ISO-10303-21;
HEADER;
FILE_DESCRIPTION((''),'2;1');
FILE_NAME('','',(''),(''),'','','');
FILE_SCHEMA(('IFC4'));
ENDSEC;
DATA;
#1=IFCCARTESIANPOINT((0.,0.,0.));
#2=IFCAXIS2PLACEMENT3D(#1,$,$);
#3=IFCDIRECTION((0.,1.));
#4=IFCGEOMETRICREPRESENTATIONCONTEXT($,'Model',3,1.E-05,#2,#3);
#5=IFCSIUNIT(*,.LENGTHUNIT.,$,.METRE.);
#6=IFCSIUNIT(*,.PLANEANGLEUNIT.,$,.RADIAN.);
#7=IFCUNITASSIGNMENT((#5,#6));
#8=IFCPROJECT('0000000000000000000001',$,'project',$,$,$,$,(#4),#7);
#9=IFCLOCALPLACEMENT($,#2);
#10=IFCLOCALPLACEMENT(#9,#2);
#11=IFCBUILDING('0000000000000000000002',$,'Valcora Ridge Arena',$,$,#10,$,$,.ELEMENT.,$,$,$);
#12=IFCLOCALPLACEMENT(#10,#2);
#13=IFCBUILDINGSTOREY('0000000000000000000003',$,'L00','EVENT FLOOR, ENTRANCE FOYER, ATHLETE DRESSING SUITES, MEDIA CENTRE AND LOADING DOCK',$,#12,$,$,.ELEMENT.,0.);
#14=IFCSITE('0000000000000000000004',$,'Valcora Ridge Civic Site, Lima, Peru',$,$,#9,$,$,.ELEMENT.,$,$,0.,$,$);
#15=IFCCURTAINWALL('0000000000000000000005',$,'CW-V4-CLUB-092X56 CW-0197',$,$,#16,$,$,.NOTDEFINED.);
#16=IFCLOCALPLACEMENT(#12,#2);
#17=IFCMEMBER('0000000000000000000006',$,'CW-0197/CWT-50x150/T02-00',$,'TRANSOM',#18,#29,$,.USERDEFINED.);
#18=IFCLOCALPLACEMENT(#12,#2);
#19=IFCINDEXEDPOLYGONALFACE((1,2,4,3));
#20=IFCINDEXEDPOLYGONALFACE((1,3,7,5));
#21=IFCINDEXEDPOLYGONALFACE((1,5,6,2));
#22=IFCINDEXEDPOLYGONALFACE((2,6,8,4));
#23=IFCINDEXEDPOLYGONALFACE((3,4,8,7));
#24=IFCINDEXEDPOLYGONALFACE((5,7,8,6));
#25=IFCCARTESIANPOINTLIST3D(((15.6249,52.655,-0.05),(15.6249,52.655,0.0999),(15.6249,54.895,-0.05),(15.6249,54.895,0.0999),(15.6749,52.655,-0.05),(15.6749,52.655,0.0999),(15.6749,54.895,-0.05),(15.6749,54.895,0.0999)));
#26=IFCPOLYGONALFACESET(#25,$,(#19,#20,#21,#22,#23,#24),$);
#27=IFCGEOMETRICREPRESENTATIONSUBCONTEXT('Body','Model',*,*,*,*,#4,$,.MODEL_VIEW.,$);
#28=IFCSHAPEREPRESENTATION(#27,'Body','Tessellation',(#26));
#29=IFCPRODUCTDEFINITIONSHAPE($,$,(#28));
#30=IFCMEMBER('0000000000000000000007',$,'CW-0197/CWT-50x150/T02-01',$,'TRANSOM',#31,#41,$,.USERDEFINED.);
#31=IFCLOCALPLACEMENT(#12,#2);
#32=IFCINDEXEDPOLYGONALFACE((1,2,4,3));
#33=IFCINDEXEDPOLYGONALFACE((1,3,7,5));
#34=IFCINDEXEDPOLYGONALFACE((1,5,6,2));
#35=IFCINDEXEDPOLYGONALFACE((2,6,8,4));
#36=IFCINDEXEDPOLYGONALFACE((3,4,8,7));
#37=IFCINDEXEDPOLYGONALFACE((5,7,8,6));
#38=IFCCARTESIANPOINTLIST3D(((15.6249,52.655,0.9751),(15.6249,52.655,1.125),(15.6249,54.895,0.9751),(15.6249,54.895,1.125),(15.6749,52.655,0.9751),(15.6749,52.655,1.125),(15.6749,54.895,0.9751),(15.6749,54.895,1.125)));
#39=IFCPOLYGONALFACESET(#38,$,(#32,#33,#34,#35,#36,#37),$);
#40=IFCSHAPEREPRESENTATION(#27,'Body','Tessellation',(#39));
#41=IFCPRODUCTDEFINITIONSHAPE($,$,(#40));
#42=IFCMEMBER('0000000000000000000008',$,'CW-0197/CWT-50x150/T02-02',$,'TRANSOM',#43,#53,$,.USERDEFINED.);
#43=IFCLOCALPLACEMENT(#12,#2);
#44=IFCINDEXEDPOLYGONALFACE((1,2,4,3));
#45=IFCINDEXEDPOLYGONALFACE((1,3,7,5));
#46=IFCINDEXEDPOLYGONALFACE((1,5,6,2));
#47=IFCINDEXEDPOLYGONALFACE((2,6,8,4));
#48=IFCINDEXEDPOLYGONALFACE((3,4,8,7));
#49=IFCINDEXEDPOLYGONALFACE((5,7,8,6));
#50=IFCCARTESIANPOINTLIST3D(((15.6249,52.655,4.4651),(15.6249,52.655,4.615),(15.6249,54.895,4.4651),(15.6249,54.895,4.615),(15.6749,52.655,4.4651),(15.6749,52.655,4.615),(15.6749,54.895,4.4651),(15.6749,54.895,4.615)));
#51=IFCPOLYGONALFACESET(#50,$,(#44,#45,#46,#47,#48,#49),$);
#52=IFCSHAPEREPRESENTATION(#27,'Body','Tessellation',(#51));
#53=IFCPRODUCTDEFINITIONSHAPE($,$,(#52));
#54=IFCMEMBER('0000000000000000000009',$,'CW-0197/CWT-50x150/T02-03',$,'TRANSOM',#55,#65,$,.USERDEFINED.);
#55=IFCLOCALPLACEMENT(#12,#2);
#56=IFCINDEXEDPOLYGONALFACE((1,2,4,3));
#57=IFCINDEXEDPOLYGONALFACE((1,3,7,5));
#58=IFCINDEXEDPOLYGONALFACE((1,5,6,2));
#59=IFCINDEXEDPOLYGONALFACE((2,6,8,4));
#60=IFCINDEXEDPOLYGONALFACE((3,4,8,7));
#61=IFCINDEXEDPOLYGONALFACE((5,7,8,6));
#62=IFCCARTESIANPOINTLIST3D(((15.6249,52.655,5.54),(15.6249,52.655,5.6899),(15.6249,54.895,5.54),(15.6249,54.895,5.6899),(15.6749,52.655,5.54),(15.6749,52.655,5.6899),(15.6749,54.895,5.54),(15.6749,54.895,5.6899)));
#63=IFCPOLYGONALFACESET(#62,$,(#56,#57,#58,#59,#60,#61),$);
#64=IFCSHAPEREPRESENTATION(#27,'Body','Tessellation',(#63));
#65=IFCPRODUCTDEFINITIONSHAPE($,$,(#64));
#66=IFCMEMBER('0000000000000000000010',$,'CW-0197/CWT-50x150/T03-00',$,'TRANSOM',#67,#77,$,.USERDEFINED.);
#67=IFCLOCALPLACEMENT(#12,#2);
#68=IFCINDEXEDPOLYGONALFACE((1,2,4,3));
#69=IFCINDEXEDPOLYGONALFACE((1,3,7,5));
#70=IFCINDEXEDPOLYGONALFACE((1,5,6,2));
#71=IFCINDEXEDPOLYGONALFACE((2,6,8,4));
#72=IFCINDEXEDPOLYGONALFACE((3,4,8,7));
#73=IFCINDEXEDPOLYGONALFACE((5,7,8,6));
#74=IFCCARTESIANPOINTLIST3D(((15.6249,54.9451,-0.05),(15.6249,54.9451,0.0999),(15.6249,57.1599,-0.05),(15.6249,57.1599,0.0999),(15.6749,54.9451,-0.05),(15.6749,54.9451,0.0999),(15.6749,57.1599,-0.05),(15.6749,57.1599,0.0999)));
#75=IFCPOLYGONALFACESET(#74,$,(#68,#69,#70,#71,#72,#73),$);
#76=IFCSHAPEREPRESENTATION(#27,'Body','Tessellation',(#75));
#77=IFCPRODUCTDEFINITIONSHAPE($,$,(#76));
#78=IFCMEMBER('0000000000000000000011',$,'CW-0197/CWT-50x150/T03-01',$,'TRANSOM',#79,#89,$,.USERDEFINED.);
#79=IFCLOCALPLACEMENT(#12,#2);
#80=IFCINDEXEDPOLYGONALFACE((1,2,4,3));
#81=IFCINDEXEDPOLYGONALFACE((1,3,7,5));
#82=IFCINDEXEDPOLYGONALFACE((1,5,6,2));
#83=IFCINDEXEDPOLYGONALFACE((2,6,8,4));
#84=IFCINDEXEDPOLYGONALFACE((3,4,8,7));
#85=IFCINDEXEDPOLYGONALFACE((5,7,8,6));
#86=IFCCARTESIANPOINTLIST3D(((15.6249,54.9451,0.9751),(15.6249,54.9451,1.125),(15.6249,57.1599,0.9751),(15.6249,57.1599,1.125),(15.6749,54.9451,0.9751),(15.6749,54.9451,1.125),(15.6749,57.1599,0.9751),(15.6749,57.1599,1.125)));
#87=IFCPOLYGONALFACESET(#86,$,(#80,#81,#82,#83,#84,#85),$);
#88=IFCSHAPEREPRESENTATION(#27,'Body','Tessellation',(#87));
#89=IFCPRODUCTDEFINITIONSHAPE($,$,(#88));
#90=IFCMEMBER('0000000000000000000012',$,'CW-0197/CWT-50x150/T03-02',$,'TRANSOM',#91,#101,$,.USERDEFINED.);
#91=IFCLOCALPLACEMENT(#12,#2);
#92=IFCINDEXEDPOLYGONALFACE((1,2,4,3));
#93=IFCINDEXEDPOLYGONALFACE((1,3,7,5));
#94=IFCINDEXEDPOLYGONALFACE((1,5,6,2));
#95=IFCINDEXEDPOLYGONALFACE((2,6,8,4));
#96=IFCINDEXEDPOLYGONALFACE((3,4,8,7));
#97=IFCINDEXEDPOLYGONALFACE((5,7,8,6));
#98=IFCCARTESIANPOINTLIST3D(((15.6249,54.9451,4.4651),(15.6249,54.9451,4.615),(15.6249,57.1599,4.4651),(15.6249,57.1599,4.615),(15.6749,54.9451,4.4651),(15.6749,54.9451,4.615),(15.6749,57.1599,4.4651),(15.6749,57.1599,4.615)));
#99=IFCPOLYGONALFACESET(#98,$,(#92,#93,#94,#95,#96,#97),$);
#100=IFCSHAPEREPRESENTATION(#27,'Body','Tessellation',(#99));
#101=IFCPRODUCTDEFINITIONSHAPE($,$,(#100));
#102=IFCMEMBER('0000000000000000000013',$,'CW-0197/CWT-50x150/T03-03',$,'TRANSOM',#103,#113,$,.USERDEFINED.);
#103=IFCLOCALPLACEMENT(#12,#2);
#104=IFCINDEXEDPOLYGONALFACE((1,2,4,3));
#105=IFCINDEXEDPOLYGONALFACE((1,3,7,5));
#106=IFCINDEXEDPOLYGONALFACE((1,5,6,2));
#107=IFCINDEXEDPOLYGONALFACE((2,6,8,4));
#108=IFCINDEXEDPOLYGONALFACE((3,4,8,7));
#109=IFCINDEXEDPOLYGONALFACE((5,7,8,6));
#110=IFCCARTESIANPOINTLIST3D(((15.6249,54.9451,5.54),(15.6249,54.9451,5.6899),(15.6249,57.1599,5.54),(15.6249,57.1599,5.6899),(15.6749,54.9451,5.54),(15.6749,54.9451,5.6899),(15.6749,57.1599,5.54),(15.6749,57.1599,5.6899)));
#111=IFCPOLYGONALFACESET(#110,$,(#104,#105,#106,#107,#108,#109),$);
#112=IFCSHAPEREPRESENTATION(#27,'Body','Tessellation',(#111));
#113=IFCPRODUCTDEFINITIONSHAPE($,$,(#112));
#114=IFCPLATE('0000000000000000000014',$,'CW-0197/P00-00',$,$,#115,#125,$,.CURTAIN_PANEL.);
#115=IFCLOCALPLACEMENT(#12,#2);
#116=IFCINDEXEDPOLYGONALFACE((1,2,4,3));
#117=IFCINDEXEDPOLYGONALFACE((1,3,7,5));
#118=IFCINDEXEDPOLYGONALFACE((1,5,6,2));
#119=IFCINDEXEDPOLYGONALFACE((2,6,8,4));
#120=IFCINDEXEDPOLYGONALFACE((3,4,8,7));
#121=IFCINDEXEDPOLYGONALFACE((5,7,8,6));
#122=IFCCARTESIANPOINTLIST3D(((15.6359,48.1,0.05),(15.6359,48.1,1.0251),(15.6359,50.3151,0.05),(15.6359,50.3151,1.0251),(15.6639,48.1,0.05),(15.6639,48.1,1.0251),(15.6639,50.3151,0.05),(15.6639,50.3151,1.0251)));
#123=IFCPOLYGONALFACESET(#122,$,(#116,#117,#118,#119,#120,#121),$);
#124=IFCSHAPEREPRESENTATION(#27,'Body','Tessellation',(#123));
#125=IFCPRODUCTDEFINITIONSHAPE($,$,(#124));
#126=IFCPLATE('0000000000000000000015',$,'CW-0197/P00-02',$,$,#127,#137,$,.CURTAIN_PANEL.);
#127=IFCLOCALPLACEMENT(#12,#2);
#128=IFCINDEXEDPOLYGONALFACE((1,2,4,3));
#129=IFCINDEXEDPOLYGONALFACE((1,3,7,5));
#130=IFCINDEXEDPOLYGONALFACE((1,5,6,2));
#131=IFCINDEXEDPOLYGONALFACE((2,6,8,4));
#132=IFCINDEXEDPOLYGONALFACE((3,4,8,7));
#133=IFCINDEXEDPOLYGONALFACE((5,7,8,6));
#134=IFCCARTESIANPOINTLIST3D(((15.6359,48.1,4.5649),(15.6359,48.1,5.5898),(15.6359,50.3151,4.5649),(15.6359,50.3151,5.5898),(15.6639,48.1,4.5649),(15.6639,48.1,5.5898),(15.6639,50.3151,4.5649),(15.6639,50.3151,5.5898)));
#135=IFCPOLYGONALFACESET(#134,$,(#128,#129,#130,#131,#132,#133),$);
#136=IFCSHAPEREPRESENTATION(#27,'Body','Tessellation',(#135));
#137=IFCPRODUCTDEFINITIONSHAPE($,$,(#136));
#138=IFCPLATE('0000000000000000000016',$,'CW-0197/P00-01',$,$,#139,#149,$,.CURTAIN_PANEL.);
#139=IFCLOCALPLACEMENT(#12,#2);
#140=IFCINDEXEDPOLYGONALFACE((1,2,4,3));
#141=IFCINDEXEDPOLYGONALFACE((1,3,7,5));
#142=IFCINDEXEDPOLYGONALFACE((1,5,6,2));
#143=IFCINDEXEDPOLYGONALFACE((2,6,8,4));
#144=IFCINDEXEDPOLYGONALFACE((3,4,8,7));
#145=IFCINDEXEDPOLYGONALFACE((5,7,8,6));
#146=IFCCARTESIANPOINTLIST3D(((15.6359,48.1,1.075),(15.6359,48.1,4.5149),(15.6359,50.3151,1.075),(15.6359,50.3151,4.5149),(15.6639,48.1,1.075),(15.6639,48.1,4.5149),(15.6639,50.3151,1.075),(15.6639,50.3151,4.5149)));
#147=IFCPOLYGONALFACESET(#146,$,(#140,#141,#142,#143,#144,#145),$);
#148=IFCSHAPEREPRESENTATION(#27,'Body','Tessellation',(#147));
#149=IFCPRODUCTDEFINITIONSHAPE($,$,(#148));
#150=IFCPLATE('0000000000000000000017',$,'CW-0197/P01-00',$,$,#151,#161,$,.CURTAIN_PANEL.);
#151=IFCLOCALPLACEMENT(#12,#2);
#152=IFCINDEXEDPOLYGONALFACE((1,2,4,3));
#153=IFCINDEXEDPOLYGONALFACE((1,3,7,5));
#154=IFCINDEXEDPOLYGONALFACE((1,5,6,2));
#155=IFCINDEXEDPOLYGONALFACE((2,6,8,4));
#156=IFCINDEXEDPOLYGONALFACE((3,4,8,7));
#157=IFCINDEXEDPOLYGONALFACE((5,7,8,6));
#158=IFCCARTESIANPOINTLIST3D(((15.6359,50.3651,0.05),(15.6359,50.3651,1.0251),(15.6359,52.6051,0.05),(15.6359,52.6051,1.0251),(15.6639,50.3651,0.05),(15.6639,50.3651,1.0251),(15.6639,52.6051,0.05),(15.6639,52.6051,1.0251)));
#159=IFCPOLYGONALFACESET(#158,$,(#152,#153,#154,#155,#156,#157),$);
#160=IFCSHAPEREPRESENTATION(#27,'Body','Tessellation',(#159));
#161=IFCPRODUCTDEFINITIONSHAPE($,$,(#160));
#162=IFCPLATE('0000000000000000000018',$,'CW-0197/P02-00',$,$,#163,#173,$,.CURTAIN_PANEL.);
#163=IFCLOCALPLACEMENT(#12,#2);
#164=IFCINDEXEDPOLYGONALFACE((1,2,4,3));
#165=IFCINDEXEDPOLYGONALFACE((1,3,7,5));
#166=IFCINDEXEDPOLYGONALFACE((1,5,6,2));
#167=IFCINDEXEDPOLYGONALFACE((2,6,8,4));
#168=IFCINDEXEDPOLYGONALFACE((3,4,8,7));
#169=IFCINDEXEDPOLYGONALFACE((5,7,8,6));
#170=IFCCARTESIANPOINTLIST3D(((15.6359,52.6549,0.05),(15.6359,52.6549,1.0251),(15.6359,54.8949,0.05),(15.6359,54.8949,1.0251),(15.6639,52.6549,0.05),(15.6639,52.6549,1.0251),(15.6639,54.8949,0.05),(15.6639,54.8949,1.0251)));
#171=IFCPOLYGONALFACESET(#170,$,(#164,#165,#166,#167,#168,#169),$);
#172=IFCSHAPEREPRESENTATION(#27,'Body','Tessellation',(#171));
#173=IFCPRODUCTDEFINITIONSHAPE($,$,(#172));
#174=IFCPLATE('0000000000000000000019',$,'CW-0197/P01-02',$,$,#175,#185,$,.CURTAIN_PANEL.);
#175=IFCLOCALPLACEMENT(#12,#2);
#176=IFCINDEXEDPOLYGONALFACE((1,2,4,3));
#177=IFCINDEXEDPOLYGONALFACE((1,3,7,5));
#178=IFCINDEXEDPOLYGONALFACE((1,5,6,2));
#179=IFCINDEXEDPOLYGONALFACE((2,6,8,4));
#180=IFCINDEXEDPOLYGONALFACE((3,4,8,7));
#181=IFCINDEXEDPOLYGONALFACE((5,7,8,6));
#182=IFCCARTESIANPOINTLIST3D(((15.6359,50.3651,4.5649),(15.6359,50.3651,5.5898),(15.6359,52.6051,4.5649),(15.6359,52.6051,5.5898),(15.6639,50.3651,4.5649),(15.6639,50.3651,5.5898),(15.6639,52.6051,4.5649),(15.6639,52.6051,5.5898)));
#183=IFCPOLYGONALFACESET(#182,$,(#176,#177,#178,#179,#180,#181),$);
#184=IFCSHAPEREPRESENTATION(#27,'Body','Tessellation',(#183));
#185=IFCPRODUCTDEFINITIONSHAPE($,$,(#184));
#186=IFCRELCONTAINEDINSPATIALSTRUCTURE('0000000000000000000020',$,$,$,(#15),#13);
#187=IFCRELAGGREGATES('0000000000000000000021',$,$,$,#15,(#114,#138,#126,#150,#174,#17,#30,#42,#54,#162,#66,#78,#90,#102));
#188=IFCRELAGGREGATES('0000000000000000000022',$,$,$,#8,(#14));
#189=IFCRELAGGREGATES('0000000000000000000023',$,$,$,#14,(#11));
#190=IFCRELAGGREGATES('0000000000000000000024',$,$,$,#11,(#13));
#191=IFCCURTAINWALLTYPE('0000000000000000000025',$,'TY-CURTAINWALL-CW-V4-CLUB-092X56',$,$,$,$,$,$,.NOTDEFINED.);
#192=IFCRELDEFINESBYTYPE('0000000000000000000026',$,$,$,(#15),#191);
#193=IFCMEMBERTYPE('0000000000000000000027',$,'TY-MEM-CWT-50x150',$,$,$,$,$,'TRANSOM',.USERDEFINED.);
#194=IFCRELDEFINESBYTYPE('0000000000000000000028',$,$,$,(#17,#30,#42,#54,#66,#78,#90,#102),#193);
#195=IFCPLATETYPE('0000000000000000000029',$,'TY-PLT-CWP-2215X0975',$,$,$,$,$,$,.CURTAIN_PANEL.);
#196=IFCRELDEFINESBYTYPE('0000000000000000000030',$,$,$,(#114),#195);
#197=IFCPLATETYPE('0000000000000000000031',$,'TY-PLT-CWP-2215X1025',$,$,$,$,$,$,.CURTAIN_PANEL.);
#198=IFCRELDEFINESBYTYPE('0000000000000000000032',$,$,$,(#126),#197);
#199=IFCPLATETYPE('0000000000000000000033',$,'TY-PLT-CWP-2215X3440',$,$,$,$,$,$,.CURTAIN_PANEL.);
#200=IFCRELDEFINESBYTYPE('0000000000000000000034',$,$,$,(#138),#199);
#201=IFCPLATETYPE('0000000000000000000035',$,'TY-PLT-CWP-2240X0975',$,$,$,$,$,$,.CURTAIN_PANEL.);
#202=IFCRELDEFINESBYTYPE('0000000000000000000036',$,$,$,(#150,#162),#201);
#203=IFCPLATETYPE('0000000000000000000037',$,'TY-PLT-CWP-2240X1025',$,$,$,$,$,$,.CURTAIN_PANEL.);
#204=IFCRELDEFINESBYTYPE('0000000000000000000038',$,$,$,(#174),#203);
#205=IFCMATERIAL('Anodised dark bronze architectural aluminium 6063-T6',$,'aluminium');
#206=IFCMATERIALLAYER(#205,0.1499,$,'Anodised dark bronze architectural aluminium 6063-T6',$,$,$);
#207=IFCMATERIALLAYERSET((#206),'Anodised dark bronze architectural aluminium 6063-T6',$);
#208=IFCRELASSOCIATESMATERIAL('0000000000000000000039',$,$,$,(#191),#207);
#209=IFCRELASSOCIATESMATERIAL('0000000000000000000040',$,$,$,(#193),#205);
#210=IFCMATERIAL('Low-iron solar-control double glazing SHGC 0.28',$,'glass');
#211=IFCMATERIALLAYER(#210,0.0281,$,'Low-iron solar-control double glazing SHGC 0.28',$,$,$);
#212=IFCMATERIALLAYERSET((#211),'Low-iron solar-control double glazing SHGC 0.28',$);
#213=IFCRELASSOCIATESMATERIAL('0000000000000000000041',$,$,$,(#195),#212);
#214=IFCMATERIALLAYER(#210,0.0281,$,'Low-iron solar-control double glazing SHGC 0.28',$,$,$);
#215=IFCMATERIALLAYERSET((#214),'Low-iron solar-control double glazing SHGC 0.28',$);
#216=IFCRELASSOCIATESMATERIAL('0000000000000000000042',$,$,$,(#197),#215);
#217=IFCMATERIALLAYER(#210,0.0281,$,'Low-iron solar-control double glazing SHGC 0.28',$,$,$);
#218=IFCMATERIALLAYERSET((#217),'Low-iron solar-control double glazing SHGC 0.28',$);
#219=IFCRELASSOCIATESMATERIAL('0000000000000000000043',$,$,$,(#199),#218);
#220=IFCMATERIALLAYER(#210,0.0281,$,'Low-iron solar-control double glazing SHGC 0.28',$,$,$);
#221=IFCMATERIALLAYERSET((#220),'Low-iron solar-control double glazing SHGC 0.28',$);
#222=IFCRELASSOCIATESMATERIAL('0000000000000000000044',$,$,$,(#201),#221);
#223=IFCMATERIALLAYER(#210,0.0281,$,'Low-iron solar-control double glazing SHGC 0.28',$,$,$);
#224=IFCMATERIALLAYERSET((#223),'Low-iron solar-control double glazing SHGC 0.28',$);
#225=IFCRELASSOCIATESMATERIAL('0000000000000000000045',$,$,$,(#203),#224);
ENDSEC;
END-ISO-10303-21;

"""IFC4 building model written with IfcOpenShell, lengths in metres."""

from ifc_helpers import new_model, si_unit, direction, frame, origin, origin_2d, place, context, subcontext, project, spatial, rectangle, extrude, material, layer, layer_set, material_profile, profile_set, type_object, element, aggregate, save


model = new_model("IFC4")

# Units and contexts
model_context = context("Model", 3, precision=1e-05, world=origin(), true_north=direction((0.0, 1.0)))
body_context = subcontext(model_context, "Body", "Model", "MODEL_VIEW")
ifc_project = project(units=[si_unit("LENGTHUNIT", "METRE"), si_unit("PLANEANGLEUNIT", "RADIAN")], contexts=[model_context])

# Site, building, storey
site_placement = place(None, origin())
site = spatial("IfcSite", under=ifc_project, at=site_placement, Name="Valcora Ridge Civic Site, Lima, Peru", CompositionType="ELEMENT", RefElevation=0.0)
building_placement = place(site_placement, origin())
building = spatial("IfcBuilding", under=site, at=building_placement, Name="Valcora Ridge Arena", CompositionType="ELEMENT")
storey_placement = place(building_placement, origin())
storey = spatial("IfcBuildingStorey", under=building, at=storey_placement, Name="L00", Description="EVENT FLOOR, ENTRANCE FOYER, ATHLETE DRESSING SUITES, MEDIA CENTRE AND LOADING DOCK", CompositionType="ELEMENT", Elevation=0.0)

# Curtain wall, members, plates
ifc_material_1 = material(Name="Anodised dark bronze architectural aluminium 6063-T6", Category="aluminium")
ifc_layer_1 = layer(ifc_material_1, 0.1499, Name="Anodised dark bronze architectural aluminium 6063-T6")
ifc_layer_set_1 = layer_set([ifc_layer_1], Name="Anodised dark bronze architectural aluminium 6063-T6")
curtain_wall_type = type_object("IfcCurtainWallType", Name="TY-CURTAINWALL-CW-V4-CLUB-092X56", PredefinedType="NOTDEFINED", material=ifc_layer_set_1)
curtain_wall_placement = place(storey_placement, origin())
curtain_wall = element("IfcCurtainWall", 1, at=curtain_wall_placement, inside=storey, type_object=curtain_wall_type, Name="CW-V4-CLUB-092X56 CW-0197", PredefinedType="NOTDEFINED")
ifc_material_profile_1 = material_profile(ifc_material_1, rectangle(XDim=0.05, YDim=0.1499, at=origin_2d()), Name="ALU TRANSOM 50x150")
ifc_profile_set_1 = profile_set([ifc_material_profile_1], Name="Anodised dark bronze architectural aluminium 6063-T6")
member_type_1 = type_object("IfcMemberType", Name="TY-MEM-CWT-50x150", ElementType="TRANSOM", PredefinedType="USERDEFINED", material=ifc_profile_set_1)
member_1_placement = place(storey_placement, frame((15.6499, 52.655, 0.0249), z_axis=(0.0, 1.0, 0.0), x_axis=(-1.0, 0.0, 0.0)))
member_1 = element("IfcMember", 2, at=member_1_placement, type_object=member_type_1, Name="CW-0197/CWT-50x150/T02-00", ObjectType="TRANSOM", PredefinedType="USERDEFINED", context=body_context, shape_type="SweptSolid", body=[
    extrude(rectangle(XDim=0.05, YDim=0.1499, at=origin_2d()), origin(), (0.0, 0.0, 1.0), 2.24),
])
member_2_placement = place(storey_placement, frame((15.6499, 52.655, 1.05), z_axis=(0.0, 1.0, 0.0), x_axis=(-1.0, 0.0, 0.0)))
member_2 = element("IfcMember", 3, at=member_2_placement, type_object=member_type_1, Name="CW-0197/CWT-50x150/T02-01", ObjectType="TRANSOM", PredefinedType="USERDEFINED", context=body_context, shape_type="SweptSolid", body=[
    extrude(rectangle(XDim=0.05, YDim=0.1499, at=origin_2d()), origin(), (0.0, 0.0, 1.0), 2.24),
])
member_3_placement = place(storey_placement, frame((15.6499, 52.655, 4.54), z_axis=(0.0, 1.0, 0.0), x_axis=(-1.0, 0.0, 0.0)))
member_3 = element("IfcMember", 4, at=member_3_placement, type_object=member_type_1, Name="CW-0197/CWT-50x150/T02-02", ObjectType="TRANSOM", PredefinedType="USERDEFINED", context=body_context, shape_type="SweptSolid", body=[
    extrude(rectangle(XDim=0.05, YDim=0.1499, at=origin_2d()), origin(), (0.0, 0.0, 1.0), 2.24),
])
member_4_placement = place(storey_placement, frame((15.6499, 52.655, 5.615), z_axis=(0.0, 1.0, 0.0), x_axis=(-1.0, 0.0, 0.0)))
member_4 = element("IfcMember", 5, at=member_4_placement, type_object=member_type_1, Name="CW-0197/CWT-50x150/T02-03", ObjectType="TRANSOM", PredefinedType="USERDEFINED", context=body_context, shape_type="SweptSolid", body=[
    extrude(rectangle(XDim=0.05, YDim=0.1499, at=origin_2d()), origin(), (0.0, 0.0, 1.0), 2.24),
])
member_5_placement = place(storey_placement, frame((15.6499, 54.9451, 0.0249), z_axis=(0.0, 1.0, 0.0), x_axis=(-1.0, 0.0, 0.0)))
member_5 = element("IfcMember", 6, at=member_5_placement, type_object=member_type_1, Name="CW-0197/CWT-50x150/T03-00", ObjectType="TRANSOM", PredefinedType="USERDEFINED", context=body_context, shape_type="SweptSolid", body=[
    extrude(rectangle(XDim=0.05, YDim=0.1499, at=origin_2d()), origin(), (0.0, 0.0, 1.0), 2.2148),
])
member_6_placement = place(storey_placement, frame((15.6499, 54.9451, 1.05), z_axis=(0.0, 1.0, 0.0), x_axis=(-1.0, 0.0, 0.0)))
member_6 = element("IfcMember", 7, at=member_6_placement, type_object=member_type_1, Name="CW-0197/CWT-50x150/T03-01", ObjectType="TRANSOM", PredefinedType="USERDEFINED", context=body_context, shape_type="SweptSolid", body=[
    extrude(rectangle(XDim=0.05, YDim=0.1499, at=origin_2d()), origin(), (0.0, 0.0, 1.0), 2.2148),
])
member_7_placement = place(storey_placement, frame((15.6499, 54.9451, 4.54), z_axis=(0.0, 1.0, 0.0), x_axis=(-1.0, 0.0, 0.0)))
member_7 = element("IfcMember", 8, at=member_7_placement, type_object=member_type_1, Name="CW-0197/CWT-50x150/T03-02", ObjectType="TRANSOM", PredefinedType="USERDEFINED", context=body_context, shape_type="SweptSolid", body=[
    extrude(rectangle(XDim=0.05, YDim=0.1499, at=origin_2d()), origin(), (0.0, 0.0, 1.0), 2.2148),
])
member_8_placement = place(storey_placement, frame((15.6499, 54.9451, 5.615), z_axis=(0.0, 1.0, 0.0), x_axis=(-1.0, 0.0, 0.0)))
member_8 = element("IfcMember", 9, at=member_8_placement, type_object=member_type_1, Name="CW-0197/CWT-50x150/T03-03", ObjectType="TRANSOM", PredefinedType="USERDEFINED", context=body_context, shape_type="SweptSolid", body=[
    extrude(rectangle(XDim=0.05, YDim=0.1499, at=origin_2d()), origin(), (0.0, 0.0, 1.0), 2.2148),
])
ifc_material_2 = material(Name="Low-iron solar-control double glazing SHGC 0.28", Category="glass")
ifc_layer_2 = layer(ifc_material_2, 0.0281, Name="Low-iron solar-control double glazing SHGC 0.28")
ifc_layer_set_2 = layer_set([ifc_layer_2], Name="Low-iron solar-control double glazing SHGC 0.28")
plate_type_1 = type_object("IfcPlateType", Name="TY-PLT-CWP-2215X0975", PredefinedType="CURTAIN_PANEL", material=ifc_layer_set_2)
plate_1_placement = place(storey_placement, frame((15.6499, 49.2075, 0.05), z_axis=(0.0, 0.0, 1.0), x_axis=(0.0, 1.0, 0.0)))
plate_1 = element("IfcPlate", 10, at=plate_1_placement, type_object=plate_type_1, Name="CW-0197/P00-00", PredefinedType="CURTAIN_PANEL", context=body_context, shape_type="SweptSolid", body=[
    extrude(rectangle(XDim=2.2151, YDim=0.0281, at=origin_2d()), origin(), (0.0, 0.0, 1.0), 0.9751),
])
ifc_layer_3 = layer(ifc_material_2, 0.0281, Name="Low-iron solar-control double glazing SHGC 0.28")
ifc_layer_set_3 = layer_set([ifc_layer_3], Name="Low-iron solar-control double glazing SHGC 0.28")
plate_type_2 = type_object("IfcPlateType", Name="TY-PLT-CWP-2215X1025", PredefinedType="CURTAIN_PANEL", material=ifc_layer_set_3)
plate_2_placement = place(storey_placement, frame((15.6499, 49.2075, 4.5649), z_axis=(0.0, 0.0, 1.0), x_axis=(0.0, 1.0, 0.0)))
plate_2 = element("IfcPlate", 11, at=plate_2_placement, type_object=plate_type_2, Name="CW-0197/P00-02", PredefinedType="CURTAIN_PANEL", context=body_context, shape_type="SweptSolid", body=[
    extrude(rectangle(XDim=2.2151, YDim=0.0281, at=origin_2d()), origin(), (0.0, 0.0, 1.0), 1.0249),
])
ifc_layer_4 = layer(ifc_material_2, 0.0281, Name="Low-iron solar-control double glazing SHGC 0.28")
ifc_layer_set_4 = layer_set([ifc_layer_4], Name="Low-iron solar-control double glazing SHGC 0.28")
plate_type_3 = type_object("IfcPlateType", Name="TY-PLT-CWP-2215X3440", PredefinedType="CURTAIN_PANEL", material=ifc_layer_set_4)
plate_3_placement = place(storey_placement, frame((15.6499, 49.2075, 1.075), z_axis=(0.0, 0.0, 1.0), x_axis=(0.0, 1.0, 0.0)))
plate_3 = element("IfcPlate", 12, at=plate_3_placement, type_object=plate_type_3, Name="CW-0197/P00-01", PredefinedType="CURTAIN_PANEL", context=body_context, shape_type="SweptSolid", body=[
    extrude(rectangle(XDim=2.2151, YDim=0.0281, at=origin_2d()), origin(), (0.0, 0.0, 1.0), 3.4399),
])
ifc_layer_5 = layer(ifc_material_2, 0.0281, Name="Low-iron solar-control double glazing SHGC 0.28")
ifc_layer_set_5 = layer_set([ifc_layer_5], Name="Low-iron solar-control double glazing SHGC 0.28")
plate_type_4 = type_object("IfcPlateType", Name="TY-PLT-CWP-2240X0975", PredefinedType="CURTAIN_PANEL", material=ifc_layer_set_5)
plate_4_placement = place(storey_placement, frame((15.6499, 51.4851, 0.05), z_axis=(0.0, 0.0, 1.0), x_axis=(0.0, 1.0, 0.0)))
plate_4 = element("IfcPlate", 13, at=plate_4_placement, type_object=plate_type_4, Name="CW-0197/P01-00", PredefinedType="CURTAIN_PANEL", context=body_context, shape_type="SweptSolid", body=[
    extrude(rectangle(XDim=2.24, YDim=0.0281, at=origin_2d()), origin(), (0.0, 0.0, 1.0), 0.9751),
])
plate_5_placement = place(storey_placement, frame((15.6499, 53.7749, 0.05), z_axis=(0.0, 0.0, 1.0), x_axis=(0.0, 1.0, 0.0)))
plate_5 = element("IfcPlate", 14, at=plate_5_placement, type_object=plate_type_4, Name="CW-0197/P02-00", PredefinedType="CURTAIN_PANEL", context=body_context, shape_type="SweptSolid", body=[
    extrude(rectangle(XDim=2.24, YDim=0.0281, at=origin_2d()), origin(), (0.0, 0.0, 1.0), 0.9751),
])
ifc_layer_6 = layer(ifc_material_2, 0.0281, Name="Low-iron solar-control double glazing SHGC 0.28")
ifc_layer_set_6 = layer_set([ifc_layer_6], Name="Low-iron solar-control double glazing SHGC 0.28")
plate_type_5 = type_object("IfcPlateType", Name="TY-PLT-CWP-2240X1025", PredefinedType="CURTAIN_PANEL", material=ifc_layer_set_6)
plate_6_placement = place(storey_placement, frame((15.6499, 51.4851, 4.5649), z_axis=(0.0, 0.0, 1.0), x_axis=(0.0, 1.0, 0.0)))
plate_6 = element("IfcPlate", 15, at=plate_6_placement, type_object=plate_type_5, Name="CW-0197/P01-02", PredefinedType="CURTAIN_PANEL", context=body_context, shape_type="SweptSolid", body=[
    extrude(rectangle(XDim=2.24, YDim=0.0281, at=origin_2d()), origin(), (0.0, 0.0, 1.0), 1.0249),
])
aggregate(curtain_wall, [plate_1, plate_3, plate_2, plate_4, plate_6, member_1, member_2, member_3, member_4, plate_5, member_5, member_6, member_7, member_8])

save(model, "model.ifc")
